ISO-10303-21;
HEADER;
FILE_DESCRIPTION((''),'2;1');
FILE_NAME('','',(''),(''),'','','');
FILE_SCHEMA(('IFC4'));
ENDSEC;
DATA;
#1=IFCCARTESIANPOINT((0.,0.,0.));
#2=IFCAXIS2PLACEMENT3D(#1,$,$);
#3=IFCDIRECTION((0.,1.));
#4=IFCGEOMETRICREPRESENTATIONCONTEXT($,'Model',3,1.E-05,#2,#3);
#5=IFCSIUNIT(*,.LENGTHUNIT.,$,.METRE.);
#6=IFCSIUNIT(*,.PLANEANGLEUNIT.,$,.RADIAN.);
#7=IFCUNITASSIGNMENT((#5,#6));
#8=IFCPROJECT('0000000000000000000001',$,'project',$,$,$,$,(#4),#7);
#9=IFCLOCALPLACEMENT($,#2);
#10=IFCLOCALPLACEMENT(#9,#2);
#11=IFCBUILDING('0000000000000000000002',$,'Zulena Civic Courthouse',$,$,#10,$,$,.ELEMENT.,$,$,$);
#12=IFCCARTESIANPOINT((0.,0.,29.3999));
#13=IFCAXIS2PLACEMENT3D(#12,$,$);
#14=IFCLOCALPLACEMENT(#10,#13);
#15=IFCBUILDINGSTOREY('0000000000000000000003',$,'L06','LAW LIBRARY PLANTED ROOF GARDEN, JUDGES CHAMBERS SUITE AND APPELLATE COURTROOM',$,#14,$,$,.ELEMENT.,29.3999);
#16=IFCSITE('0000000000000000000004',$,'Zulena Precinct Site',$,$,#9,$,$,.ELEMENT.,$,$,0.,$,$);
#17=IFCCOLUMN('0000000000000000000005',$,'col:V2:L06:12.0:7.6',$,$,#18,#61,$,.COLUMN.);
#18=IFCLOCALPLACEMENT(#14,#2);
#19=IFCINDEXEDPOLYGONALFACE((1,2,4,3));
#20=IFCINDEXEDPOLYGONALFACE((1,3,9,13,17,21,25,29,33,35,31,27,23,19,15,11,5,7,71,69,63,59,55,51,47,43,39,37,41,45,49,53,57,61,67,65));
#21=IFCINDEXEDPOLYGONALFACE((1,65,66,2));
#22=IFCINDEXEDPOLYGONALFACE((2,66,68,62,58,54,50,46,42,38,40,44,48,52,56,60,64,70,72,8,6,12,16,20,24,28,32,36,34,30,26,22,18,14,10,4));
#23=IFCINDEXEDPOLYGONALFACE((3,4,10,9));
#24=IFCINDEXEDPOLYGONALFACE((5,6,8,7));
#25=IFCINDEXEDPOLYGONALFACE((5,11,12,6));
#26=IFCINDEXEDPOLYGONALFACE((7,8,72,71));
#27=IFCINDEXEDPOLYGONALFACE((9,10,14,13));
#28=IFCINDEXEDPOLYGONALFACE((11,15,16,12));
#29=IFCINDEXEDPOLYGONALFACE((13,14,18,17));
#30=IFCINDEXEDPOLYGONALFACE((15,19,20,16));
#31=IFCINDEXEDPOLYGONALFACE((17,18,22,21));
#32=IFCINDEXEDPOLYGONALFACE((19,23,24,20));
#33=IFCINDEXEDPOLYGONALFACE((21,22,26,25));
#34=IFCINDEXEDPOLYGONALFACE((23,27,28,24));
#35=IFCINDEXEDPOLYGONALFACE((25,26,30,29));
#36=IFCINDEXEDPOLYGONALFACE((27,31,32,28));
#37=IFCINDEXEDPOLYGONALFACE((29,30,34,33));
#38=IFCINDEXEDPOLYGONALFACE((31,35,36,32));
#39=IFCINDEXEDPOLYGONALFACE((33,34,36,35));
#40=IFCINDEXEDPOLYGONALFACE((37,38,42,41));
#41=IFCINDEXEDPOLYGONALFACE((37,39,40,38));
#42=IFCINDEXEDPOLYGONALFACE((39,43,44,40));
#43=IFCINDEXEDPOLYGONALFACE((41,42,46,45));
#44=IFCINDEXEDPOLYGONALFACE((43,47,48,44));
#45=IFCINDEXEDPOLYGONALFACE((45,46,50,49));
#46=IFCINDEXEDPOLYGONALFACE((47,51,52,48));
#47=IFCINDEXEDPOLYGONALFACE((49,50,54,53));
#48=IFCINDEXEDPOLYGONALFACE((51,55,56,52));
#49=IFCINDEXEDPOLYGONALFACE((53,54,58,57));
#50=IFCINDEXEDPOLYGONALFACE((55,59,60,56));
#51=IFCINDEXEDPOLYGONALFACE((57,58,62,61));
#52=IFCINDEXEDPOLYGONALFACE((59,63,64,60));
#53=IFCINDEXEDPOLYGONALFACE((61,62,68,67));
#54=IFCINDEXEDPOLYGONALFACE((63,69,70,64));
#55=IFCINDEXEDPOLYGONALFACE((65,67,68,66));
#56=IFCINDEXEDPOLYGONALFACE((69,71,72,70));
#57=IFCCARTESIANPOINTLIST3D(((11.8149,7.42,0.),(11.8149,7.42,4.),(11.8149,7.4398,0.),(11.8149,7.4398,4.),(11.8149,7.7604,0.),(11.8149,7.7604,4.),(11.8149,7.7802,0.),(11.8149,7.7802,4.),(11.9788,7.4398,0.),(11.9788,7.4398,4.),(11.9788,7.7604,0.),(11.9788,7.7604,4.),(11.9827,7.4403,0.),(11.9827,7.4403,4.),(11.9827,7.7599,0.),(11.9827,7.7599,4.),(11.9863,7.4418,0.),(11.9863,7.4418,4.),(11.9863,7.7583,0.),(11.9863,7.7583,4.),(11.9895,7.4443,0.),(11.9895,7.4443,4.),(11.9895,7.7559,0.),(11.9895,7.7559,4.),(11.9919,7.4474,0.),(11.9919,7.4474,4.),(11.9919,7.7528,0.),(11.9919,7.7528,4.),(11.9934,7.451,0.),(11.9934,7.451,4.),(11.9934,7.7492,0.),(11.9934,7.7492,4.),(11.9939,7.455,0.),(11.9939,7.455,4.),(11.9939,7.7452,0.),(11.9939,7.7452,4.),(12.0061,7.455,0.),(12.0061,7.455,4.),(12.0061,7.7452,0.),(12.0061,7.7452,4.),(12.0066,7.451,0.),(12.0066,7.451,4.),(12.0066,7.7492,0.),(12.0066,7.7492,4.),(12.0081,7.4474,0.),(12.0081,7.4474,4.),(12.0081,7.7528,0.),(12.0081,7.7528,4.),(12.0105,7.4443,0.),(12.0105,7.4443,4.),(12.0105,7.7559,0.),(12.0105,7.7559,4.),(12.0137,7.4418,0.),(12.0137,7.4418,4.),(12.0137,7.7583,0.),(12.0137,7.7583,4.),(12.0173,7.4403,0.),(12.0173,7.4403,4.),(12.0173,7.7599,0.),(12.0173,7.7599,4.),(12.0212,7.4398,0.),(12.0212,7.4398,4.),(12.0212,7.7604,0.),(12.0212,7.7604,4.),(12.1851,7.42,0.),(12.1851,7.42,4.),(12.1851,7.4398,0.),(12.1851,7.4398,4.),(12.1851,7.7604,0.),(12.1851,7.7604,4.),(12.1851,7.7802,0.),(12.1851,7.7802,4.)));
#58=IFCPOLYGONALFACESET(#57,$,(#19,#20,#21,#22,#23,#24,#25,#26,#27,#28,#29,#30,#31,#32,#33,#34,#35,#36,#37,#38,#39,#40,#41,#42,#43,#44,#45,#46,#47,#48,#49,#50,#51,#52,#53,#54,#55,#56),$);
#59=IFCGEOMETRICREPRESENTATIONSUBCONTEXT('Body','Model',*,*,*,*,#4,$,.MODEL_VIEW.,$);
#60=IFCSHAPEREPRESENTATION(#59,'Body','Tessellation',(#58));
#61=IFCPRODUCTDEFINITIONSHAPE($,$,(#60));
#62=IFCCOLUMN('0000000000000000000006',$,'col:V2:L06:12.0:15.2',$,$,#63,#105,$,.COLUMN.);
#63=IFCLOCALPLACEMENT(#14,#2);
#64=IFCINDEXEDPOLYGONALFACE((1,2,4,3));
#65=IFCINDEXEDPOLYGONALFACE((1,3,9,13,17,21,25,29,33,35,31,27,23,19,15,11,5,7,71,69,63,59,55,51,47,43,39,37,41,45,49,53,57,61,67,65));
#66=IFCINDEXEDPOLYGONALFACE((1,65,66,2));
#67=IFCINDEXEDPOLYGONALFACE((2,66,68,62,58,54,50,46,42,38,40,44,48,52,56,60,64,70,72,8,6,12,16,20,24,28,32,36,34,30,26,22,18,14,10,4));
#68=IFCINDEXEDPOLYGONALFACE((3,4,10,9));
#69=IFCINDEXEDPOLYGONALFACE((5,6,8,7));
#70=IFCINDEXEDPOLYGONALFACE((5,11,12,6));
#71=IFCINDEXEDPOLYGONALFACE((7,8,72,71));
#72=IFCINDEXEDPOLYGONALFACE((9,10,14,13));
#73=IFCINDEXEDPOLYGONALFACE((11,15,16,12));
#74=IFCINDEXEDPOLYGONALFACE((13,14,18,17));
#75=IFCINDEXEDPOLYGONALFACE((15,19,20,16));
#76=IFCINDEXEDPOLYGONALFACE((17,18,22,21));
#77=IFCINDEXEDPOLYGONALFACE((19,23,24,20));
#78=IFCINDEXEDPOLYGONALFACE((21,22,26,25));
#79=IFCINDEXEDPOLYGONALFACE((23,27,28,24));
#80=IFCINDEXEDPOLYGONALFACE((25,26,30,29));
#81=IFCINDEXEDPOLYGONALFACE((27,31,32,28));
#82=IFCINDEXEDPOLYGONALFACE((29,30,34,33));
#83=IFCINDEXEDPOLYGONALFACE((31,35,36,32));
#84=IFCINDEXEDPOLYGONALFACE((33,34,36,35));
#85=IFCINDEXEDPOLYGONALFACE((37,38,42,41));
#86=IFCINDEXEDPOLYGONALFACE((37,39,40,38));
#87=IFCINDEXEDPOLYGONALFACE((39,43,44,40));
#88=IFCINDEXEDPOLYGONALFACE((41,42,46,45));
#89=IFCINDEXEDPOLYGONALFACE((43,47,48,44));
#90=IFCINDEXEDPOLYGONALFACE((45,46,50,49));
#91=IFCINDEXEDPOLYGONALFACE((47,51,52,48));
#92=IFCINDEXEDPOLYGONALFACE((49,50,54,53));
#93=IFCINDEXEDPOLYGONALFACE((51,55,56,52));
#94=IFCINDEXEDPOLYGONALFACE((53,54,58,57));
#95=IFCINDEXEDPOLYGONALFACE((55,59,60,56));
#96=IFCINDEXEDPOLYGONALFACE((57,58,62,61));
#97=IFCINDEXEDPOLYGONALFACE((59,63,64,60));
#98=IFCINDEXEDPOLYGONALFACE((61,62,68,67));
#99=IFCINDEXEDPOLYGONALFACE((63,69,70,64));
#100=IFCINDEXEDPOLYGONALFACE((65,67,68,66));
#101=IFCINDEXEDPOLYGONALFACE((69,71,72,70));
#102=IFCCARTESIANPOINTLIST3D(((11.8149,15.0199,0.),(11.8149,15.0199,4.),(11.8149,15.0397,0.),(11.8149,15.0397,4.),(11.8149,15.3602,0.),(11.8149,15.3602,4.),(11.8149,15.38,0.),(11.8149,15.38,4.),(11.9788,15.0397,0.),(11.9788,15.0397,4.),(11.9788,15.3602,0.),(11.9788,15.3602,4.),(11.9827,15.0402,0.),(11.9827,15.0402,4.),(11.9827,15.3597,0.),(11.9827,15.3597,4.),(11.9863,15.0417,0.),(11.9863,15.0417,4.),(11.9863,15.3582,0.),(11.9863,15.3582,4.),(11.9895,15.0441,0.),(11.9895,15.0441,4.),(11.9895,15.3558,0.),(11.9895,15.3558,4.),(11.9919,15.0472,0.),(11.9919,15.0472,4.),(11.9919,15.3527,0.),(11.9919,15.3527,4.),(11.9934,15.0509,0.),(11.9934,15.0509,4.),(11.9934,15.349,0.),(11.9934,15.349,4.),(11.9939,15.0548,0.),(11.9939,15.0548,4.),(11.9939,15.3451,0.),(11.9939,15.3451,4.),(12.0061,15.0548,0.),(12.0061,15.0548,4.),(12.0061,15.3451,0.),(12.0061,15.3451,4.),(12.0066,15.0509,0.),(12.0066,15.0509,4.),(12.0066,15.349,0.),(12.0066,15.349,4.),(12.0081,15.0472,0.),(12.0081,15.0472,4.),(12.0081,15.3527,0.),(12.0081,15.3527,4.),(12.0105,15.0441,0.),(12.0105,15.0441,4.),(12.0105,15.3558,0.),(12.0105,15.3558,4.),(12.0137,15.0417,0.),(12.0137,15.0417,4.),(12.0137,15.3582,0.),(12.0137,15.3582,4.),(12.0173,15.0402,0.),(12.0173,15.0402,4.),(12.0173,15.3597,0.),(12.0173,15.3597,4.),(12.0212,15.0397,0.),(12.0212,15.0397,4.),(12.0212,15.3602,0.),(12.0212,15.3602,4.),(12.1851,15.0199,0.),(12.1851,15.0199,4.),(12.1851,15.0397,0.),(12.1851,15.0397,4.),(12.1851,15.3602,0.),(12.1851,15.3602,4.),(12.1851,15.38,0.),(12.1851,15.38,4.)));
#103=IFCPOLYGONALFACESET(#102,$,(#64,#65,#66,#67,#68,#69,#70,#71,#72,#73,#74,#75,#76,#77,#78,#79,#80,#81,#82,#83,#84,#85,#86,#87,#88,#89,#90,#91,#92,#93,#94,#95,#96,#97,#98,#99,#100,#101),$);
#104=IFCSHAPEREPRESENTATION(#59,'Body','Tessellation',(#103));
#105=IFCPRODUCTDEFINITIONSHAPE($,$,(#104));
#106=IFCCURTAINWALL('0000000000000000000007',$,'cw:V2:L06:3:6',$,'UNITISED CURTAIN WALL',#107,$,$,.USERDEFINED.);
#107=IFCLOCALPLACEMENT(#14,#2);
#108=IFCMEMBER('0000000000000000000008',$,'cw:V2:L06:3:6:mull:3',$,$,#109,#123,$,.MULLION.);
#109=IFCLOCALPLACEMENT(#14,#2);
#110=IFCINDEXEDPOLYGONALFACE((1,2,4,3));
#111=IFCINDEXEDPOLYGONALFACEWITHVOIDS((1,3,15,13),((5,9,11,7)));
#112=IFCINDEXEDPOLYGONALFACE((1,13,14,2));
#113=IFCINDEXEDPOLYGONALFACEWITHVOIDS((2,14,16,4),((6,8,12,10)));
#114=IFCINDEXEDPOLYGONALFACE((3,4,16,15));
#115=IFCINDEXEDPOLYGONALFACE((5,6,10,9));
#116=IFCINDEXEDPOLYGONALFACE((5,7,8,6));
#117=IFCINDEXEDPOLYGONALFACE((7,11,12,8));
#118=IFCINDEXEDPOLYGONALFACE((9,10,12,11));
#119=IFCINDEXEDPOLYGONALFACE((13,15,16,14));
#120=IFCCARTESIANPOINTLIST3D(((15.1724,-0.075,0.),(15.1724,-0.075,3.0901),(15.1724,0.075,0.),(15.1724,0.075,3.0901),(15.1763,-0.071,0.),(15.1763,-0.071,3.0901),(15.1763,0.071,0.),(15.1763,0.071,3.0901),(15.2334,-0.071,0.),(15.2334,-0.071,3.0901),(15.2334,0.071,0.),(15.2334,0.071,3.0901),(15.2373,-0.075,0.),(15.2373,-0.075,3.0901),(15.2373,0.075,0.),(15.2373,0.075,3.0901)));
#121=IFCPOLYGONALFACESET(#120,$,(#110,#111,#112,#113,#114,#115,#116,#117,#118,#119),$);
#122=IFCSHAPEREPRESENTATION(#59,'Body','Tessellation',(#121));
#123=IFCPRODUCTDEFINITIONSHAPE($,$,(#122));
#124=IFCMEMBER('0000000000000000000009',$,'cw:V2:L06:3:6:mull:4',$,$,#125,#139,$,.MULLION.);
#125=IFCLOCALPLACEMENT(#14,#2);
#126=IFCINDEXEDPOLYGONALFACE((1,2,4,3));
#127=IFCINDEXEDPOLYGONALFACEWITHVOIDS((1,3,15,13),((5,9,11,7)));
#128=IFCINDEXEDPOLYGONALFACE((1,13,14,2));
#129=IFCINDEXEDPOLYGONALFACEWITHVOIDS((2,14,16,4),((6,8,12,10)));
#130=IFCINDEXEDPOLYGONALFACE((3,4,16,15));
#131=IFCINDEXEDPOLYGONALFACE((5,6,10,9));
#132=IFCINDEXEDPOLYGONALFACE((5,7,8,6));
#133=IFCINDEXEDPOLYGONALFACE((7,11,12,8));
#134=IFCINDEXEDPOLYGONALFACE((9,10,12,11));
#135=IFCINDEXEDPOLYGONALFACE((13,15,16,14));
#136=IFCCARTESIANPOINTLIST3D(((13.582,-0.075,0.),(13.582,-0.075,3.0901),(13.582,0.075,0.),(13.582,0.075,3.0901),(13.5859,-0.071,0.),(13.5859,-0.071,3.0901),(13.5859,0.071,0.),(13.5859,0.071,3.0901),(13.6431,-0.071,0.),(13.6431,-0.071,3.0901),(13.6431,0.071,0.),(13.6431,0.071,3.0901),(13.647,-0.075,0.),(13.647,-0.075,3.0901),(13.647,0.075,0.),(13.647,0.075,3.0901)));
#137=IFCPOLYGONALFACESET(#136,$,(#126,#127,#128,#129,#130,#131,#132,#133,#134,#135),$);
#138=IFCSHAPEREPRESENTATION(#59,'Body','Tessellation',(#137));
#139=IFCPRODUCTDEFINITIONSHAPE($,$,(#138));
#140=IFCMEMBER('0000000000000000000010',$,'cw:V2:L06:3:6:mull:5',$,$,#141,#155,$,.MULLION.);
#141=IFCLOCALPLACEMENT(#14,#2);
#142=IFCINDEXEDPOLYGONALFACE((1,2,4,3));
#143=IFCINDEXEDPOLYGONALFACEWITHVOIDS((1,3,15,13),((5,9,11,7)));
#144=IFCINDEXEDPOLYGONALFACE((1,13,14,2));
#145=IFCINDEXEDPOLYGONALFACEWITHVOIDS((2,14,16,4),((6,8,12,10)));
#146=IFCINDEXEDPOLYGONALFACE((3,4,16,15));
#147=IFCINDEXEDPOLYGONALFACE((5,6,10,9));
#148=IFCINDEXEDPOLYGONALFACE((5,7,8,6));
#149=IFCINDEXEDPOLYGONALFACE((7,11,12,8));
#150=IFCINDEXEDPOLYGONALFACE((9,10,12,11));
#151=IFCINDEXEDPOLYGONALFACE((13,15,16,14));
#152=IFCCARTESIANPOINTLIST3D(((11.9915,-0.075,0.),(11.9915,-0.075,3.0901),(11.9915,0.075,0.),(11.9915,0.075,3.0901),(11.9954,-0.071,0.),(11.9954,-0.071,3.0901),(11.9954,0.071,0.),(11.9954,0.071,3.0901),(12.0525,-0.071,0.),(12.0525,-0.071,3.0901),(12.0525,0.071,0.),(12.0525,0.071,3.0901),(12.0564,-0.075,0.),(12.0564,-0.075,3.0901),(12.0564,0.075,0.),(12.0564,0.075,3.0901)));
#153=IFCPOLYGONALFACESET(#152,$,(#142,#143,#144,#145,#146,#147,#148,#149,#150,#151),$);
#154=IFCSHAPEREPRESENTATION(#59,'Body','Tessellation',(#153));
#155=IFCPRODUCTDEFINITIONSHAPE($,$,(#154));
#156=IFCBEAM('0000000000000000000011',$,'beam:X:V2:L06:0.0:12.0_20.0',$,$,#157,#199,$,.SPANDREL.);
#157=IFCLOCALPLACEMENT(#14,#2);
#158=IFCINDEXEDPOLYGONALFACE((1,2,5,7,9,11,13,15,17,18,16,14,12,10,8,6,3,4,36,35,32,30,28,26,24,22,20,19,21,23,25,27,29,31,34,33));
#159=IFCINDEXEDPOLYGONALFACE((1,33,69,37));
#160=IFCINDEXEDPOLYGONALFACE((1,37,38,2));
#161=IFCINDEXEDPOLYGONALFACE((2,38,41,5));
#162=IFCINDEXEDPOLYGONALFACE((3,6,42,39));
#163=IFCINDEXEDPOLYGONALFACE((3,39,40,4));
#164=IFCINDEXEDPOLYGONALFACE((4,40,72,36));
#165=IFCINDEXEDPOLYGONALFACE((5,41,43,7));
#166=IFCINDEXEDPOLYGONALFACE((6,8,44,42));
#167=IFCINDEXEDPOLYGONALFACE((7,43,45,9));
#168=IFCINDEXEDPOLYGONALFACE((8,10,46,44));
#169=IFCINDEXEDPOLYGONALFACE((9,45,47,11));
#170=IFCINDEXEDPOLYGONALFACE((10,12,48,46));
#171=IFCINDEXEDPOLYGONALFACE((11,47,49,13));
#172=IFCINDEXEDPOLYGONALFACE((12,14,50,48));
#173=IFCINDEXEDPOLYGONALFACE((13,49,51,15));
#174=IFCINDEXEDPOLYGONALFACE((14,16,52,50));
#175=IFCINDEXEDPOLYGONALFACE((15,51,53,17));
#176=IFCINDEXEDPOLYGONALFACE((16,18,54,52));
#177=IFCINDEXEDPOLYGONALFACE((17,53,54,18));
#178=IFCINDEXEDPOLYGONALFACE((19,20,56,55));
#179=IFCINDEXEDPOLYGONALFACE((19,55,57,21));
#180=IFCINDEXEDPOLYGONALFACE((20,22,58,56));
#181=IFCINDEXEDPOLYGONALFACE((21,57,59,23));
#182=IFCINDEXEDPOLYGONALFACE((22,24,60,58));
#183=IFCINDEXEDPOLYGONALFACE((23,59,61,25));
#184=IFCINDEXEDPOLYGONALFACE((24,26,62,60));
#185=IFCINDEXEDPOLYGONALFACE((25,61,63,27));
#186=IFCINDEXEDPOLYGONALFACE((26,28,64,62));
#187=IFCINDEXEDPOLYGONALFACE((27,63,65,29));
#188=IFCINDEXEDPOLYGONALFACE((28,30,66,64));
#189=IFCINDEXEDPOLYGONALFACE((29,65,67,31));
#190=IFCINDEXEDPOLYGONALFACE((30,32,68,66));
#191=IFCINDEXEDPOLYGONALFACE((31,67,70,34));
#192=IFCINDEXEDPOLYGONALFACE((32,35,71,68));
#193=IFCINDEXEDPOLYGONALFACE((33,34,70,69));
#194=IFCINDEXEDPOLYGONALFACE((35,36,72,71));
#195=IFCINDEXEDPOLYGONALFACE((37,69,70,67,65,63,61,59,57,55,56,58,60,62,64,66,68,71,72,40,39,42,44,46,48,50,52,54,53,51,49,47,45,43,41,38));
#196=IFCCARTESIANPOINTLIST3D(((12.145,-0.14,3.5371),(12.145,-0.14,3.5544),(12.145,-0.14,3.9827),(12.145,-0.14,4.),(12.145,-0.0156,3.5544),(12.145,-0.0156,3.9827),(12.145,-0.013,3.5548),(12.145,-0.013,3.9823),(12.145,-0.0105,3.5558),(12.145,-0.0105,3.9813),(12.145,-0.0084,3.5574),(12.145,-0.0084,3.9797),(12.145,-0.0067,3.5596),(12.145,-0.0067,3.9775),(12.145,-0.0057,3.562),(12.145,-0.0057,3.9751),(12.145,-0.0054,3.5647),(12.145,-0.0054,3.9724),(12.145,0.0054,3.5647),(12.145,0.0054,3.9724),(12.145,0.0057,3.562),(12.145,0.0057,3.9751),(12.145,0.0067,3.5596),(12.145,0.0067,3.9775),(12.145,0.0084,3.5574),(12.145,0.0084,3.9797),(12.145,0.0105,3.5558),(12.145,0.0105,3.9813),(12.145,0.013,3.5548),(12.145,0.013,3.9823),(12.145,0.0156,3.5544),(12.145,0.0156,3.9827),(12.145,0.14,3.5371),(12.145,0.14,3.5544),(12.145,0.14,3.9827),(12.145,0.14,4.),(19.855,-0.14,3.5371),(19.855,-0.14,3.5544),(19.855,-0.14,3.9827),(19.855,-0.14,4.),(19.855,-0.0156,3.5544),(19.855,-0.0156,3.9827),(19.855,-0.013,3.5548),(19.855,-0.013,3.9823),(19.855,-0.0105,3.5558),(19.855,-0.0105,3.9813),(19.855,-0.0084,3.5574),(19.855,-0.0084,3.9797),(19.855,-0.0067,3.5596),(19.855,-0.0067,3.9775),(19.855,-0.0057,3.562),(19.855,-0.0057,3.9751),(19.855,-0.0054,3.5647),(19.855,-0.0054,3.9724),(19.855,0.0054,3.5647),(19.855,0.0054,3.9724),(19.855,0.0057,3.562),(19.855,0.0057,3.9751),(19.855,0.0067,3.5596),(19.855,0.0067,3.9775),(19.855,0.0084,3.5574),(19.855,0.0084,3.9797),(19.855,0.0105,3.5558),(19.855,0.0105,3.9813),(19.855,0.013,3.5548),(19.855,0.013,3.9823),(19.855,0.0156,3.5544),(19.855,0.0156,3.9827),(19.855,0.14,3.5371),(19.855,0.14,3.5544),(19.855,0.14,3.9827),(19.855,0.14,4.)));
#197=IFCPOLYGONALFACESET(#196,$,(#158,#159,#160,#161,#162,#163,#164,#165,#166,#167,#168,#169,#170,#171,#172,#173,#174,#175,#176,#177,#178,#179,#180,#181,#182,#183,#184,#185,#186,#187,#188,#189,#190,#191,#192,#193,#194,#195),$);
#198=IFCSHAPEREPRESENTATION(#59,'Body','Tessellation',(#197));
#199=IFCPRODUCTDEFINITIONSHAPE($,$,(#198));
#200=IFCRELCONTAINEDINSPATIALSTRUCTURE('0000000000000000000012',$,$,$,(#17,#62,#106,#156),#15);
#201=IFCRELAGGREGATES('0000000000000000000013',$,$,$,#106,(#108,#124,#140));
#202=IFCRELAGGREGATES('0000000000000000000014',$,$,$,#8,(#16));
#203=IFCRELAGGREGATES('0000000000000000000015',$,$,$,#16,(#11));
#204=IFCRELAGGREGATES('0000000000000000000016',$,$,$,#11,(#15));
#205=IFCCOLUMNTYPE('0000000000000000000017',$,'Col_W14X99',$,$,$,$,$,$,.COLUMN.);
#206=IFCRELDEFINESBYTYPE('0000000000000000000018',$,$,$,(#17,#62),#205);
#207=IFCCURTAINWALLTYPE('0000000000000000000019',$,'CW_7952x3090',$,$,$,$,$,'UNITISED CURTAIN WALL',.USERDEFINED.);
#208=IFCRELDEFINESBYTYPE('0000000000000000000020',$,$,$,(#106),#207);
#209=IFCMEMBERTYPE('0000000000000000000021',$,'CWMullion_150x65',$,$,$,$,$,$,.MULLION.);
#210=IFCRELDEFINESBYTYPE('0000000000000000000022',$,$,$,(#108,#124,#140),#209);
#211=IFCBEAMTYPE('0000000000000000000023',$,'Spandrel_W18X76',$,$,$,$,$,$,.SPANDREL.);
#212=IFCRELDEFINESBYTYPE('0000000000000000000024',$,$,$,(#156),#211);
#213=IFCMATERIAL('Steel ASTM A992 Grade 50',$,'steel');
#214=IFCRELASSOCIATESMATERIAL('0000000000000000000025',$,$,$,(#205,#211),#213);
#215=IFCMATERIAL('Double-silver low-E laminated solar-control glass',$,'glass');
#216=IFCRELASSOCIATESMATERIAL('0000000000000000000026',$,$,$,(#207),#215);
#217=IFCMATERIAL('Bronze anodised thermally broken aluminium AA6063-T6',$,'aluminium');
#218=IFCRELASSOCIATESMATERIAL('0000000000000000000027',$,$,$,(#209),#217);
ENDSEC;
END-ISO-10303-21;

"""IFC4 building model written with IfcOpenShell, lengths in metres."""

from ifc_helpers import new_model, si_unit, direction, frame, origin, origin_2d, place, context, subcontext, project, spatial, hollow_rectangle, i_section, extrude, material, material_profile, profile_set, type_object, element, aggregate, save


model = new_model("IFC4")

# Units and contexts
model_context = context("Model", 3, precision=1e-05, world=origin(), true_north=direction((0.0, 1.0)))
body_context = subcontext(model_context, "Body", "Model", "MODEL_VIEW")
ifc_project = project(units=[si_unit("LENGTHUNIT", "METRE"), si_unit("PLANEANGLEUNIT", "RADIAN")], contexts=[model_context])

# Site, building, storey
site_placement = place(None, origin())
site = spatial("IfcSite", under=ifc_project, at=site_placement, Name="Zulena Precinct Site", CompositionType="ELEMENT", RefElevation=0.0)
building_placement = place(site_placement, origin())
building = spatial("IfcBuilding", under=site, at=building_placement, Name="Zulena Civic Courthouse", CompositionType="ELEMENT")
storey_placement = place(building_placement, frame((0.0, 0.0, 29.3999)))
storey = spatial("IfcBuildingStorey", under=building, at=storey_placement, Name="L06", Description="LAW LIBRARY PLANTED ROOF GARDEN, JUDGES CHAMBERS SUITE AND APPELLATE COURTROOM", CompositionType="ELEMENT", Elevation=29.3999)

# Columns
ifc_material_1 = material(Name="Steel ASTM A992 Grade 50", Category="steel")
ifc_material_profile_1 = material_profile(ifc_material_1, i_section(OverallWidth=0.3701, OverallDepth=0.3601, WebThickness=0.0122, FlangeThickness=0.0198, FilletRadius=0.0151, at=origin_2d()), Name="W14X99")
ifc_profile_set_1 = profile_set([ifc_material_profile_1], Name="Steel ASTM A992 Grade 50")
column_type = type_object("IfcColumnType", Name="Col_W14X99", PredefinedType="COLUMN", material=ifc_profile_set_1)
for number, where, z_axis, x_axis, name in (
    (1, (12.0, 7.6001, 0.0), (0.0, 0.0, 1.0), (1.0, 0.0, 0.0), "col:V2:L06:12.0:7.6"),
    (2, (12.0, 15.2, 0.0), (0.0, 0.0, 1.0), (1.0, 0.0, 0.0), "col:V2:L06:12.0:15.2"),
):
    element("IfcColumn", number, at=place(storey_placement, frame(where, z_axis=z_axis, x_axis=x_axis)), inside=storey, type_object=column_type, Name=name, PredefinedType="COLUMN", context=body_context, shape_type="SweptSolid", body=[
        extrude(i_section(OverallWidth=0.3701, OverallDepth=0.3601, WebThickness=0.0122, FlangeThickness=0.0198, FilletRadius=0.0151, at=origin_2d()), origin(), (0.0, 0.0, 1.0), 4.0),
    ])

# Curtain wall, members
ifc_material_2 = material(Name="Double-silver low-E laminated solar-control glass", Category="glass")
curtain_wall_type = type_object("IfcCurtainWallType", Name="CW_7952x3090", ElementType="UNITISED CURTAIN WALL", PredefinedType="USERDEFINED", material=ifc_material_2)
curtain_wall_placement = place(storey_placement, origin())
curtain_wall = element("IfcCurtainWall", 3, at=curtain_wall_placement, inside=storey, type_object=curtain_wall_type, Name="cw:V2:L06:3:6", ObjectType="UNITISED CURTAIN WALL", PredefinedType="USERDEFINED")
ifc_material_3 = material(Name="Bronze anodised thermally broken aluminium AA6063-T6", Category="aluminium")
ifc_material_profile_2 = material_profile(ifc_material_3, hollow_rectangle(XDim=0.0649, YDim=0.1499, WallThickness=0.0039, at=origin_2d()), Name="CWM150X65X4")
ifc_profile_set_2 = profile_set([ifc_material_profile_2], Name="Bronze anodised thermally broken aluminium AA6063-T6")
member_type = type_object("IfcMemberType", Name="CWMullion_150x65", PredefinedType="MULLION", material=ifc_profile_set_2)
member_1_placement = place(storey_placement, frame((15.2048, 0.0, 0.0), z_axis=(0.0, 0.0, 1.0), x_axis=(1.0, 0.0, 0.0)))
member_1 = element("IfcMember", 4, at=member_1_placement, type_object=member_type, Name="cw:V2:L06:3:6:mull:3", PredefinedType="MULLION", context=body_context, shape_type="SweptSolid", body=[
    extrude(hollow_rectangle(XDim=0.0649, YDim=0.1499, WallThickness=0.0039, at=origin_2d()), origin(), (0.0, 0.0, 1.0), 3.0901),
])
member_2_placement = place(storey_placement, frame((13.6145, 0.0, 0.0), z_axis=(0.0, 0.0, 1.0), x_axis=(1.0, 0.0, 0.0)))
member_2 = element("IfcMember", 5, at=member_2_placement, type_object=member_type, Name="cw:V2:L06:3:6:mull:4", PredefinedType="MULLION", context=body_context, shape_type="SweptSolid", body=[
    extrude(hollow_rectangle(XDim=0.0649, YDim=0.1499, WallThickness=0.0039, at=origin_2d()), origin(), (0.0, 0.0, 1.0), 3.0901),
])
member_3_placement = place(storey_placement, frame((12.0239, 0.0, 0.0), z_axis=(0.0, 0.0, 1.0), x_axis=(1.0, 0.0, 0.0)))
member_3 = element("IfcMember", 6, at=member_3_placement, type_object=member_type, Name="cw:V2:L06:3:6:mull:5", PredefinedType="MULLION", context=body_context, shape_type="SweptSolid", body=[
    extrude(hollow_rectangle(XDim=0.0649, YDim=0.1499, WallThickness=0.0039, at=origin_2d()), origin(), (0.0, 0.0, 1.0), 3.0901),
])

# Beam
ifc_material_profile_3 = material_profile(ifc_material_1, i_section(OverallWidth=0.28, OverallDepth=0.4629, WebThickness=0.0107, FlangeThickness=0.0173, FilletRadius=0.0103, at=origin_2d()), Name="W18X76")
ifc_profile_set_3 = profile_set([ifc_material_profile_3], Name="Steel ASTM A992 Grade 50")
beam_type = type_object("IfcBeamType", Name="Spandrel_W18X76", PredefinedType="SPANDREL", material=ifc_profile_set_3)
for number, where, z_axis, x_axis, name in (
    (7, (12.145, 0.0, 3.7686), (1.0, 0.0, 0.0), (0.0, 1.0, 0.0), "beam:X:V2:L06:0.0:12.0_20.0"),
):
    element("IfcBeam", number, at=place(storey_placement, frame(where, z_axis=z_axis, x_axis=x_axis)), inside=storey, type_object=beam_type, Name=name, PredefinedType="SPANDREL", context=body_context, shape_type="SweptSolid", body=[
        extrude(i_section(OverallWidth=0.28, OverallDepth=0.4629, WebThickness=0.0107, FlangeThickness=0.0173, FilletRadius=0.0103, at=origin_2d()), origin(), (0.0, 0.0, 1.0), 7.71),
    ])

aggregate(curtain_wall, [member_1, member_2, member_3])

save(model, "model.ifc")
